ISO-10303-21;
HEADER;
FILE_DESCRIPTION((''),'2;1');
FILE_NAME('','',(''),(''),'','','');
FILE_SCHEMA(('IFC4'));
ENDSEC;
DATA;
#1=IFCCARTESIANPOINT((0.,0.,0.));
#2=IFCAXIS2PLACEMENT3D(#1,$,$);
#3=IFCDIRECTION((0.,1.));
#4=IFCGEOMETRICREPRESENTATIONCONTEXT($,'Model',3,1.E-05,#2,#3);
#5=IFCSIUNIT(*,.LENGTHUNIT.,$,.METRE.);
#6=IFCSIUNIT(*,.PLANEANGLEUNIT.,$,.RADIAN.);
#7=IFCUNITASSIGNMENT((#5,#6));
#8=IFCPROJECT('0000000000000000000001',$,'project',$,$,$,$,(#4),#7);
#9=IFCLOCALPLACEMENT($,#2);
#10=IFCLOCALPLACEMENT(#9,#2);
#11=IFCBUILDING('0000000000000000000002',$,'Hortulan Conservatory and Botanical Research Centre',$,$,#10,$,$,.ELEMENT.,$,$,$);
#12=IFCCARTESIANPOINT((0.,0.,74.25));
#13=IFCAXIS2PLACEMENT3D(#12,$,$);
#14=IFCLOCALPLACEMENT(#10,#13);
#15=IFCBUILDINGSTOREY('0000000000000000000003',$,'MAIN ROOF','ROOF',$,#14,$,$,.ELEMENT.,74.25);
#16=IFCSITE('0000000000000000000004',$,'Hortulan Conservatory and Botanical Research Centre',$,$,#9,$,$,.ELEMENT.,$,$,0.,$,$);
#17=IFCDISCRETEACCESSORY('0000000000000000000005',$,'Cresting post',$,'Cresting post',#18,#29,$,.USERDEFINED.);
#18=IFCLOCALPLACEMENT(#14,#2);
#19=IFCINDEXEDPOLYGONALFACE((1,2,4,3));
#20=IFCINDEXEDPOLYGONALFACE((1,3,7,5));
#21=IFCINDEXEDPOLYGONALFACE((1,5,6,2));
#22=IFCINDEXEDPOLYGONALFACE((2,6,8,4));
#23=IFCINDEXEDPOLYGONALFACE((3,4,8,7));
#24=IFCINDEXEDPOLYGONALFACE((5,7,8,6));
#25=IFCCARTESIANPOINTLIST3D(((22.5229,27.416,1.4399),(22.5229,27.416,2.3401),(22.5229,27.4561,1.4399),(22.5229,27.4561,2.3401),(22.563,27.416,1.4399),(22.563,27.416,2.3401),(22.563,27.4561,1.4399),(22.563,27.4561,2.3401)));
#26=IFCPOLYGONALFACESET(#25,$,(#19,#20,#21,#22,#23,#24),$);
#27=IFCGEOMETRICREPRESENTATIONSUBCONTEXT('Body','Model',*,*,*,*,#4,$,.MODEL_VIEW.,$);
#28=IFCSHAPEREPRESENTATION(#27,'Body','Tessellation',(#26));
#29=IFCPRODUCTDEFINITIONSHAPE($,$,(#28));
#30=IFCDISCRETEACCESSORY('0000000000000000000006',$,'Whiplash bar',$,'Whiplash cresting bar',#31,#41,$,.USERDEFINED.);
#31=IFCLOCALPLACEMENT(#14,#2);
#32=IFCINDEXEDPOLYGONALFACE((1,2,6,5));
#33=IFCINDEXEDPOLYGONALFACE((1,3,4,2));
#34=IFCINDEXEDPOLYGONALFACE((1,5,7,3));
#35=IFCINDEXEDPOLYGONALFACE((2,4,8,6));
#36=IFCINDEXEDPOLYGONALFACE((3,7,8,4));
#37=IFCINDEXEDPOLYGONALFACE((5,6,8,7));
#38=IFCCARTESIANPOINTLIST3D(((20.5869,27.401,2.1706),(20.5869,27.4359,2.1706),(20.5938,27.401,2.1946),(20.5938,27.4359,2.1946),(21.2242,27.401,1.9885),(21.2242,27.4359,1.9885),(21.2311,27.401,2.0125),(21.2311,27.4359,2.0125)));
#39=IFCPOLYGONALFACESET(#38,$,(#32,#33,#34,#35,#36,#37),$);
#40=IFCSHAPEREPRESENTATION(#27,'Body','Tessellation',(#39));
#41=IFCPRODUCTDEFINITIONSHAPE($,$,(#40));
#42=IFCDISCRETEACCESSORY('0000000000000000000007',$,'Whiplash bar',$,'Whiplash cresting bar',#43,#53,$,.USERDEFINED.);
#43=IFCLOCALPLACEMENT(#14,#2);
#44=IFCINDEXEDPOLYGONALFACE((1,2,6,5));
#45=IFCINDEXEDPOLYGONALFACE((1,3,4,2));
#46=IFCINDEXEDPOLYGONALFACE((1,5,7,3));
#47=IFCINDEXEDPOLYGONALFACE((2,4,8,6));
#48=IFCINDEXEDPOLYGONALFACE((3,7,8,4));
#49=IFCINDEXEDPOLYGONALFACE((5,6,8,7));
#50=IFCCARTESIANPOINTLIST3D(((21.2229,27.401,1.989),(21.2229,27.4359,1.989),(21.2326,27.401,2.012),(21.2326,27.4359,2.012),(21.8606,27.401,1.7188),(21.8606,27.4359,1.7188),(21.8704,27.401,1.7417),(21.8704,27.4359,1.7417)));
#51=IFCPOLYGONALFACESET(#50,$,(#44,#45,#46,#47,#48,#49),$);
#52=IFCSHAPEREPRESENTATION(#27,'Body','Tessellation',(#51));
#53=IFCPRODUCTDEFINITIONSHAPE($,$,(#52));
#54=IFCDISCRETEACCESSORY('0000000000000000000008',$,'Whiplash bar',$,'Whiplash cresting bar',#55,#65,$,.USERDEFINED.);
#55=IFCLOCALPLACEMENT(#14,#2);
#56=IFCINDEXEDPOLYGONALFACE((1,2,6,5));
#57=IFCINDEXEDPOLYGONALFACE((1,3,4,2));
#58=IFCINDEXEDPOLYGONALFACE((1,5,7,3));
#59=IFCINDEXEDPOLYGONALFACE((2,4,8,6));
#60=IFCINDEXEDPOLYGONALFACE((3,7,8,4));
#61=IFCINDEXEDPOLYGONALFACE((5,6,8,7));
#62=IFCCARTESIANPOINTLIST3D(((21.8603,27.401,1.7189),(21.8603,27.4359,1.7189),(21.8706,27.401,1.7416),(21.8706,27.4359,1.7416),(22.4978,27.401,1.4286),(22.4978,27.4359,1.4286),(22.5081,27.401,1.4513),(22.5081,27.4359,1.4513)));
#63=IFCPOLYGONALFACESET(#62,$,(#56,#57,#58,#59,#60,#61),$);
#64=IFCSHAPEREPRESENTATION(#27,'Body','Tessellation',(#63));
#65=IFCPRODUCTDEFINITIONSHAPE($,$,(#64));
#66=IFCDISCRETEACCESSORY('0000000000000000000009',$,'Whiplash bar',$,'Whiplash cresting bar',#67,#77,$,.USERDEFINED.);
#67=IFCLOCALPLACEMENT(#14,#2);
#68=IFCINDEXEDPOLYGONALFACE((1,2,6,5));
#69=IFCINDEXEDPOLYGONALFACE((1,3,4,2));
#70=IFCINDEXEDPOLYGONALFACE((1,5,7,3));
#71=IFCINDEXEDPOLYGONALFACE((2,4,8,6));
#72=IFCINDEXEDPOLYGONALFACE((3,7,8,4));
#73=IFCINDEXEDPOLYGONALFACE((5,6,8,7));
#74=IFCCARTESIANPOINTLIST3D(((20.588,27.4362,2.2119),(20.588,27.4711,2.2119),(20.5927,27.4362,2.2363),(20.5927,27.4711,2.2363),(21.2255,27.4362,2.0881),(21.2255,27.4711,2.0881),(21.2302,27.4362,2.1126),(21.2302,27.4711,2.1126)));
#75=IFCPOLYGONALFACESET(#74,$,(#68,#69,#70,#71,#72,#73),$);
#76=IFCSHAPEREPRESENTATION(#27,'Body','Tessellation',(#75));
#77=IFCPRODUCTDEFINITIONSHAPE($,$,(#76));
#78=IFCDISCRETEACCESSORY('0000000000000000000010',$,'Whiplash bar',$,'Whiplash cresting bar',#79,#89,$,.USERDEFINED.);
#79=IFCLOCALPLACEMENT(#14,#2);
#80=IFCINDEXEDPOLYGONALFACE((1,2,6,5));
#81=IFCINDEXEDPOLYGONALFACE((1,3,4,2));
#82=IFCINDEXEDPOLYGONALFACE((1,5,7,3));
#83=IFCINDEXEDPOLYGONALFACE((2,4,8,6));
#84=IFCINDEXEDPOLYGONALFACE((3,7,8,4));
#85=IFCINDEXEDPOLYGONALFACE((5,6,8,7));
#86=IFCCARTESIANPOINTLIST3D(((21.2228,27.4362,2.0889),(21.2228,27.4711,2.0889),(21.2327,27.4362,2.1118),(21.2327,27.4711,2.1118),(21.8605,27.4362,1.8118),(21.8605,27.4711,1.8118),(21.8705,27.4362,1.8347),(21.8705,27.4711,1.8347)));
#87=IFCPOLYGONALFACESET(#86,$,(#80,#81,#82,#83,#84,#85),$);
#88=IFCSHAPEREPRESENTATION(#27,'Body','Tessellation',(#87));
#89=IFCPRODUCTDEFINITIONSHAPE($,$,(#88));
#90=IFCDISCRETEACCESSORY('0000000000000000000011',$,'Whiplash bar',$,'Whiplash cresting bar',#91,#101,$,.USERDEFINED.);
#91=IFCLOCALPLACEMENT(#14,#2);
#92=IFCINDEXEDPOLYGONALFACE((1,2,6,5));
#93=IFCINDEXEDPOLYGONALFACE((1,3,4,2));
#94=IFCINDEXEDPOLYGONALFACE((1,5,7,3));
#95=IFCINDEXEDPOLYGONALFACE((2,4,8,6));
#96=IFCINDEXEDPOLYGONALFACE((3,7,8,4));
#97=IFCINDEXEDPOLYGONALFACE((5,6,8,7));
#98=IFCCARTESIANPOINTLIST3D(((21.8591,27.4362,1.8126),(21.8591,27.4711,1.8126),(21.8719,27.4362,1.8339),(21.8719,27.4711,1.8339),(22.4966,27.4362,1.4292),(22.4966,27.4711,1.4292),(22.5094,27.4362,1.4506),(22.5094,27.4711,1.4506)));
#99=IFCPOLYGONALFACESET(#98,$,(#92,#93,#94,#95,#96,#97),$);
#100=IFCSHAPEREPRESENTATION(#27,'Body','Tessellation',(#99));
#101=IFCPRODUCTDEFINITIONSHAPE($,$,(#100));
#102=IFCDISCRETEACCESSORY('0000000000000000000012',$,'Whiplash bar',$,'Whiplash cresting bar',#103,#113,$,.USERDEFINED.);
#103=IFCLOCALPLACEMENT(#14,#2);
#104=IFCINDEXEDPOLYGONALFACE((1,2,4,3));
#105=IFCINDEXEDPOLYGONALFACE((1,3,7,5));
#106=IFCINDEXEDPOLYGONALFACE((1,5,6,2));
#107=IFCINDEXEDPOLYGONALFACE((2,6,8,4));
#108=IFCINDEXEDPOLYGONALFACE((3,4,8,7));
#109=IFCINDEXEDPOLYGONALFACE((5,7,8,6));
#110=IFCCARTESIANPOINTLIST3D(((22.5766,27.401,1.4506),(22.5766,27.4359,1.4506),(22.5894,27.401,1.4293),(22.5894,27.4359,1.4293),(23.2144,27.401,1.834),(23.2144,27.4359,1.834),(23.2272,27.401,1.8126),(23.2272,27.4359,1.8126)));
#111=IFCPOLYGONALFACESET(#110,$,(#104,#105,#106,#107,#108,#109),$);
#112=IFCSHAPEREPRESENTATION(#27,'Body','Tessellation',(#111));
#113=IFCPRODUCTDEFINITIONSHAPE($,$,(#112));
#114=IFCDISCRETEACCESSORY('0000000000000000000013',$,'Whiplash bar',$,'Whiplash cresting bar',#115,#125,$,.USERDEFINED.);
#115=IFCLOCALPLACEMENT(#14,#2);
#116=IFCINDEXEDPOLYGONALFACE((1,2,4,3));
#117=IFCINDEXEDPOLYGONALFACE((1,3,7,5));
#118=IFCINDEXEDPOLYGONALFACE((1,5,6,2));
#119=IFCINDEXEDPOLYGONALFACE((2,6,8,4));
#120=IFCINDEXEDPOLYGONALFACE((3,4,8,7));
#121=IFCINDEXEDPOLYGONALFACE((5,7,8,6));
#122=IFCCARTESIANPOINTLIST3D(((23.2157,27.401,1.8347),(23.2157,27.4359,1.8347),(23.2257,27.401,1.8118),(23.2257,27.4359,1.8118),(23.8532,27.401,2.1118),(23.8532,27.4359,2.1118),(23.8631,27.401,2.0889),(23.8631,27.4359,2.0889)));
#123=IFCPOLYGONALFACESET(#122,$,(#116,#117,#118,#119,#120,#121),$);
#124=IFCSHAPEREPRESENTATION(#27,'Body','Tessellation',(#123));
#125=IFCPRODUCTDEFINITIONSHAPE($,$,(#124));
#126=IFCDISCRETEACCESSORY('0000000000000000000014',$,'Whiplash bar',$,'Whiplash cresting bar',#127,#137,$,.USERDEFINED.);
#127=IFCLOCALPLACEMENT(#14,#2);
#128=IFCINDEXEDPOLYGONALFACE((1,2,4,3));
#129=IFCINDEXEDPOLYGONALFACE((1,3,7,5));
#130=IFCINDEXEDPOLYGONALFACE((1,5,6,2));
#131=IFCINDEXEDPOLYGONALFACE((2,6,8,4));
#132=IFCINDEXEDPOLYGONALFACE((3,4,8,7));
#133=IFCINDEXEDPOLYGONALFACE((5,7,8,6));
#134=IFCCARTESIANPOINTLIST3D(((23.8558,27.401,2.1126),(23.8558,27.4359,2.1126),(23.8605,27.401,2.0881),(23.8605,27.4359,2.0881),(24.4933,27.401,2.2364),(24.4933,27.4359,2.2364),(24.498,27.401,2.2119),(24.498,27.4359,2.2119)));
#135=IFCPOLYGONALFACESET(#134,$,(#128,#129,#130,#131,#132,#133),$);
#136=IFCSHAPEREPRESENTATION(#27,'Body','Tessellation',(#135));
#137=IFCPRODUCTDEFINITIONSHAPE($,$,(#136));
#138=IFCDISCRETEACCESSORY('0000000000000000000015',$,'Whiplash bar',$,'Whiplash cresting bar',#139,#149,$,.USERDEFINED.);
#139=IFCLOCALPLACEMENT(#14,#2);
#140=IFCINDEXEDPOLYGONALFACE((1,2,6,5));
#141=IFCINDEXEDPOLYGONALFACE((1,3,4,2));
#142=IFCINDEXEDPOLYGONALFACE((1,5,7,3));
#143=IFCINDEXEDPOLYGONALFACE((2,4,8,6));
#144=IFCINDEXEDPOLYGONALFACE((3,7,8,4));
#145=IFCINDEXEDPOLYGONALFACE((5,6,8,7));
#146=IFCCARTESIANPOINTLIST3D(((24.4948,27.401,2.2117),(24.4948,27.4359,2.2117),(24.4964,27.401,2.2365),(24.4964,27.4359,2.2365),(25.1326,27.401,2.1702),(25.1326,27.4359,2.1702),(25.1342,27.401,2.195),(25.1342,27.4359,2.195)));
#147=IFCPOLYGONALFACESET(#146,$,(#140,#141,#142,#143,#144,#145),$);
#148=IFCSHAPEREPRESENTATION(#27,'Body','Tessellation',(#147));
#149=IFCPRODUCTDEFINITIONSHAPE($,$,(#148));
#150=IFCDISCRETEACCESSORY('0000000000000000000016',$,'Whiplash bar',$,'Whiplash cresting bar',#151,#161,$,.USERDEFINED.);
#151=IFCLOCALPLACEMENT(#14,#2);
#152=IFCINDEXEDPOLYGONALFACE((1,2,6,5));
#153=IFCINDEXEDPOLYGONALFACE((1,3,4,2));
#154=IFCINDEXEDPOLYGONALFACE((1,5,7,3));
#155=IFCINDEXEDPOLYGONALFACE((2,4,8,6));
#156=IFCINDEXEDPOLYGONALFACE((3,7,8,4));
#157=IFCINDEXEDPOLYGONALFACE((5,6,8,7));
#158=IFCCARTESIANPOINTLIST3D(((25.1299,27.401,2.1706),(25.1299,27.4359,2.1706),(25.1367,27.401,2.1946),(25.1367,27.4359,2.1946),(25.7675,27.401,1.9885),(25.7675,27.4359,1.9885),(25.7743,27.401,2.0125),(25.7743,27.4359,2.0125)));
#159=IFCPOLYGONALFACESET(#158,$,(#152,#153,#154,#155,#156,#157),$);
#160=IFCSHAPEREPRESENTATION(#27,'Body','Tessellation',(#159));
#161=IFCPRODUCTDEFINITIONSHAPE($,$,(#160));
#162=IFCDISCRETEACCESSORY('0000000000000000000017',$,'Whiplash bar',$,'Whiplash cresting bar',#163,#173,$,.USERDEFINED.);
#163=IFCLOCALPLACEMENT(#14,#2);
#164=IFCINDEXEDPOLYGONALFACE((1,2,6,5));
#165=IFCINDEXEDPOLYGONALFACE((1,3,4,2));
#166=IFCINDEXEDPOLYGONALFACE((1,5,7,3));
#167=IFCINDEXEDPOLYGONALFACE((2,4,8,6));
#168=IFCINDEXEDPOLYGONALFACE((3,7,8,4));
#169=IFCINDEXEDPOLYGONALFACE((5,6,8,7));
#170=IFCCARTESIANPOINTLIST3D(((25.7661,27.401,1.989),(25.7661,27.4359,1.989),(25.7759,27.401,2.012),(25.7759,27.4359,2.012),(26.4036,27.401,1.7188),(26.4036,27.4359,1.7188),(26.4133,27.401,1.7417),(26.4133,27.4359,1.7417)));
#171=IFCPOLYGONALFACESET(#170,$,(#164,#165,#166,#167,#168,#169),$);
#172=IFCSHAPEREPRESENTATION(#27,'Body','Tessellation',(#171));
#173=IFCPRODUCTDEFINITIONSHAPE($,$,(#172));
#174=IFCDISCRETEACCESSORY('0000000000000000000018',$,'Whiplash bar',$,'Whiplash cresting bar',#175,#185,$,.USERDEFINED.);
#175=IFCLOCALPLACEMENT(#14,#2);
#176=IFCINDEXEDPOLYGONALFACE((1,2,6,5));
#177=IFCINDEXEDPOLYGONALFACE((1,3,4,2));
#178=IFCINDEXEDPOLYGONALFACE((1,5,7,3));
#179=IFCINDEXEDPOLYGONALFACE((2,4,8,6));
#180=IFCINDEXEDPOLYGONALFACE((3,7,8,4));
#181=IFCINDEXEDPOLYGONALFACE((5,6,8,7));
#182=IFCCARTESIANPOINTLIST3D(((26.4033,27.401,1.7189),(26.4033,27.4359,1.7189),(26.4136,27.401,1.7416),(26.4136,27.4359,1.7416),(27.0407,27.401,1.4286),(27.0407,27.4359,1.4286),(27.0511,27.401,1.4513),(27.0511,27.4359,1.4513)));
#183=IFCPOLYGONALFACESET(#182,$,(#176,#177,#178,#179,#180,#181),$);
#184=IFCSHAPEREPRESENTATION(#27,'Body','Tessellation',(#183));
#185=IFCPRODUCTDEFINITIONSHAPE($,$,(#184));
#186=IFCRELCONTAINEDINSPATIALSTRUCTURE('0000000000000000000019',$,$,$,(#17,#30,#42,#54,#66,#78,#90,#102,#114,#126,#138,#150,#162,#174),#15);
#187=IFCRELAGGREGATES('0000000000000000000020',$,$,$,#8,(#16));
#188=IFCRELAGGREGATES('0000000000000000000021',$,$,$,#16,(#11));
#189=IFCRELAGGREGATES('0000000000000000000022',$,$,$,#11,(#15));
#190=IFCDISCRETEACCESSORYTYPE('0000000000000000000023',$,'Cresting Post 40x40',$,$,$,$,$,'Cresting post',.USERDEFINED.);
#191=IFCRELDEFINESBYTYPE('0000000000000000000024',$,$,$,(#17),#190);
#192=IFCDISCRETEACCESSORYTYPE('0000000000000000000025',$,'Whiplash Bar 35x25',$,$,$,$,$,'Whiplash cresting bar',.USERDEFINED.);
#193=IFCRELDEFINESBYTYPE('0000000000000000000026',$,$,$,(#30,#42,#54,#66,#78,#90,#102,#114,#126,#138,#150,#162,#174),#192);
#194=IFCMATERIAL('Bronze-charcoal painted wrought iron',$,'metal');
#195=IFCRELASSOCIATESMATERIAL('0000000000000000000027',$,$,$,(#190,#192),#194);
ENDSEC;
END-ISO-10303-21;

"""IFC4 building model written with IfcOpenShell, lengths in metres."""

from ifc_helpers import new_model, si_unit, direction, frame, origin, origin_2d, place, context, subcontext, project, spatial, rectangle, extrude, material, material_profile, profile_set, type_object, element, save


model = new_model("IFC4")

# Units and contexts
model_context = context("Model", 3, precision=1e-05, world=origin(), true_north=direction((0.0, 1.0)))
body_context = subcontext(model_context, "Body", "Model", "MODEL_VIEW")
ifc_project = project(units=[si_unit("LENGTHUNIT", "METRE"), si_unit("PLANEANGLEUNIT", "RADIAN")], contexts=[model_context])

# Site, building, storey
site_placement = place(None, origin())
site = spatial("IfcSite", under=ifc_project, at=site_placement, Name="Hortulan Conservatory and Botanical Research Centre", CompositionType="ELEMENT", RefElevation=0.0)
building_placement = place(site_placement, origin())
building = spatial("IfcBuilding", under=site, at=building_placement, Name="Hortulan Conservatory and Botanical Research Centre", CompositionType="ELEMENT")
storey_placement = place(building_placement, frame((0.0, 0.0, 74.25)))
storey = spatial("IfcBuildingStorey", under=building, at=storey_placement, Name="MAIN ROOF", Description="ROOF", CompositionType="ELEMENT", Elevation=74.25)

# Discrete accessories
ifc_material = material(Name="Bronze-charcoal painted wrought iron", Category="metal")
ifc_material_profile_1 = material_profile(ifc_material, rectangle(XDim=0.04, YDim=0.04, at=origin_2d()), Name="Square bar 40x40")
ifc_profile_set_1 = profile_set([ifc_material_profile_1], Name="Bronze-charcoal painted wrought iron")
discrete_accessory_type_1 = type_object("IfcDiscreteAccessoryType", Name="Cresting Post 40x40", ElementType="Cresting post", PredefinedType="USERDEFINED", material=ifc_profile_set_1)
discrete_accessory_1_placement = place(storey_placement, frame((22.543, 27.436, 1.4399), z_axis=(0.0, 0.0, 1.0), x_axis=(1.0, 0.0, 0.0)))
element("IfcDiscreteAccessory", 1, at=discrete_accessory_1_placement, inside=storey, type_object=discrete_accessory_type_1, Name="Cresting post", ObjectType="Cresting post", PredefinedType="USERDEFINED", context=body_context, shape_type="SweptSolid", body=[
    extrude(rectangle(XDim=0.04, YDim=0.04, at=origin_2d()), origin(), (0.0, 0.0, 1.0), 0.9001),
])
ifc_material_profile_2 = material_profile(ifc_material, rectangle(XDim=0.0349, YDim=0.0249, at=origin_2d()), Name="Flat bar 35x25")
ifc_profile_set_2 = profile_set([ifc_material_profile_2], Name="Bronze-charcoal painted wrought iron")
discrete_accessory_type_2 = type_object("IfcDiscreteAccessoryType", Name="Whiplash Bar 35x25", ElementType="Whiplash cresting bar", PredefinedType="USERDEFINED", material=ifc_profile_set_2)
discrete_accessory_2_placement = place(storey_placement, frame((20.5903, 27.4185, 2.1826), z_axis=(0.961524, 0.0, -0.274721), x_axis=(0.0, 1.0, 0.0)))
element("IfcDiscreteAccessory", 2, at=discrete_accessory_2_placement, inside=storey, type_object=discrete_accessory_type_2, Name="Whiplash bar", ObjectType="Whiplash cresting bar", PredefinedType="USERDEFINED", context=body_context, shape_type="SweptSolid", body=[
    extrude(rectangle(XDim=0.0349, YDim=0.0249, at=origin_2d()), origin(), (0.0, 0.0, 1.0), 0.6628),
])
discrete_accessory_3_placement = place(storey_placement, frame((21.2278, 27.4185, 2.0005), z_axis=(0.920724, 0.0, -0.390215), x_axis=(0.0, 1.0, 0.0)))
element("IfcDiscreteAccessory", 3, at=discrete_accessory_3_placement, inside=storey, type_object=discrete_accessory_type_2, Name="Whiplash bar", ObjectType="Whiplash cresting bar", PredefinedType="USERDEFINED", context=body_context, shape_type="SweptSolid", body=[
    extrude(rectangle(XDim=0.0349, YDim=0.0249, at=origin_2d()), origin(), (0.0, 0.0, 1.0), 0.6926),
])
discrete_accessory_4_placement = place(storey_placement, frame((21.8655, 27.4185, 1.7302), z_axis=(0.91008, 0.0, -0.414433), x_axis=(0.0, 1.0, 0.0)))
element("IfcDiscreteAccessory", 4, at=discrete_accessory_4_placement, inside=storey, type_object=discrete_accessory_type_2, Name="Whiplash bar", ObjectType="Whiplash cresting bar", PredefinedType="USERDEFINED", context=body_context, shape_type="SweptSolid", body=[
    extrude(rectangle(XDim=0.0349, YDim=0.0249, at=origin_2d()), origin(), (0.0, 0.0, 1.0), 0.7004),
])
discrete_accessory_5_placement = place(storey_placement, frame((20.5903, 27.4536, 2.2241), z_axis=(0.981664, 0.0, -0.190618), x_axis=(0.0, 1.0, 0.0)))
element("IfcDiscreteAccessory", 5, at=discrete_accessory_5_placement, inside=storey, type_object=discrete_accessory_type_2, Name="Whiplash bar", ObjectType="Whiplash cresting bar", PredefinedType="USERDEFINED", context=body_context, shape_type="SweptSolid", body=[
    extrude(rectangle(XDim=0.0349, YDim=0.0249, at=origin_2d()), origin(), (0.0, 0.0, 1.0), 0.6494),
])
discrete_accessory_6_placement = place(storey_placement, frame((21.2278, 27.4536, 2.1003), z_axis=(0.917154, 0.0, -0.398534), x_axis=(0.0, 1.0, 0.0)))
element("IfcDiscreteAccessory", 6, at=discrete_accessory_6_placement, inside=storey, type_object=discrete_accessory_type_2, Name="Whiplash bar", ObjectType="Whiplash cresting bar", PredefinedType="USERDEFINED", context=body_context, shape_type="SweptSolid", body=[
    extrude(rectangle(XDim=0.0349, YDim=0.0249, at=origin_2d()), origin(), (0.0, 0.0, 1.0), 0.6953),
])
discrete_accessory_7_placement = place(storey_placement, frame((21.8655, 27.4536, 1.8232), z_axis=(0.857, 0.0, -0.515316), x_axis=(0.0, 1.0, 0.0)))
element("IfcDiscreteAccessory", 7, at=discrete_accessory_7_placement, inside=storey, type_object=discrete_accessory_type_2, Name="Whiplash bar", ObjectType="Whiplash cresting bar", PredefinedType="USERDEFINED", context=body_context, shape_type="SweptSolid", body=[
    extrude(rectangle(XDim=0.0349, YDim=0.0249, at=origin_2d()), origin(), (0.0, 0.0, 1.0), 0.7439),
])
discrete_accessory_8_placement = place(storey_placement, frame((22.583, 27.4185, 1.4399), z_axis=(0.857087, 0.0, 0.515171), x_axis=(0.0, 1.0, 0.0)))
element("IfcDiscreteAccessory", 8, at=discrete_accessory_8_placement, inside=storey, type_object=discrete_accessory_type_2, Name="Whiplash bar", ObjectType="Whiplash cresting bar", PredefinedType="USERDEFINED", context=body_context, shape_type="SweptSolid", body=[
    extrude(rectangle(XDim=0.0349, YDim=0.0249, at=origin_2d()), origin(), (0.0, 0.0, 1.0), 0.7441),
])
discrete_accessory_9_placement = place(storey_placement, frame((23.2207, 27.4185, 1.8232), z_axis=(0.917098, 0.0, 0.398662), x_axis=(0.0, 1.0, 0.0)))
element("IfcDiscreteAccessory", 9, at=discrete_accessory_9_placement, inside=storey, type_object=discrete_accessory_type_2, Name="Whiplash bar", ObjectType="Whiplash cresting bar", PredefinedType="USERDEFINED", context=body_context, shape_type="SweptSolid", body=[
    extrude(rectangle(XDim=0.0349, YDim=0.0249, at=origin_2d()), origin(), (0.0, 0.0, 1.0), 0.6951),
])
discrete_accessory_10_placement = place(storey_placement, frame((23.8582, 27.4185, 2.1003), z_axis=(0.981664, 0.0, 0.190618), x_axis=(0.0, 1.0, 0.0)))
element("IfcDiscreteAccessory", 10, at=discrete_accessory_10_placement, inside=storey, type_object=discrete_accessory_type_2, Name="Whiplash bar", ObjectType="Whiplash cresting bar", PredefinedType="USERDEFINED", context=body_context, shape_type="SweptSolid", body=[
    extrude(rectangle(XDim=0.0349, YDim=0.0249, at=origin_2d()), origin(), (0.0, 0.0, 1.0), 0.6494),
])
discrete_accessory_11_placement = place(storey_placement, frame((24.4956, 27.4185, 2.2241), z_axis=(0.997889, 0.0, -0.064947), x_axis=(0.0, 1.0, 0.0)))
element("IfcDiscreteAccessory", 11, at=discrete_accessory_11_placement, inside=storey, type_object=discrete_accessory_type_2, Name="Whiplash bar", ObjectType="Whiplash cresting bar", PredefinedType="USERDEFINED", context=body_context, shape_type="SweptSolid", body=[
    extrude(rectangle(XDim=0.0349, YDim=0.0249, at=origin_2d()), origin(), (0.0, 0.0, 1.0), 0.6392),
])
discrete_accessory_12_placement = place(storey_placement, frame((25.1333, 27.4185, 2.1826), z_axis=(0.961552, 0.0, -0.274624), x_axis=(0.0, 1.0, 0.0)))
element("IfcDiscreteAccessory", 12, at=discrete_accessory_12_placement, inside=storey, type_object=discrete_accessory_type_2, Name="Whiplash bar", ObjectType="Whiplash cresting bar", PredefinedType="USERDEFINED", context=body_context, shape_type="SweptSolid", body=[
    extrude(rectangle(XDim=0.0349, YDim=0.0249, at=origin_2d()), origin(), (0.0, 0.0, 1.0), 0.6631),
])
discrete_accessory_13_placement = place(storey_placement, frame((25.771, 27.4185, 2.0005), z_axis=(0.92067, 0.0, -0.390342), x_axis=(0.0, 1.0, 0.0)))
element("IfcDiscreteAccessory", 13, at=discrete_accessory_13_placement, inside=storey, type_object=discrete_accessory_type_2, Name="Whiplash bar", ObjectType="Whiplash cresting bar", PredefinedType="USERDEFINED", context=body_context, shape_type="SweptSolid", body=[
    extrude(rectangle(XDim=0.0349, YDim=0.0249, at=origin_2d()), origin(), (0.0, 0.0, 1.0), 0.6924),
])
discrete_accessory_14_placement = place(storey_placement, frame((26.4084, 27.4185, 1.7302), z_axis=(0.91008, 0.0, -0.414433), x_axis=(0.0, 1.0, 0.0)))
element("IfcDiscreteAccessory", 14, at=discrete_accessory_14_placement, inside=storey, type_object=discrete_accessory_type_2, Name="Whiplash bar", ObjectType="Whiplash cresting bar", PredefinedType="USERDEFINED", context=body_context, shape_type="SweptSolid", body=[
    extrude(rectangle(XDim=0.0349, YDim=0.0249, at=origin_2d()), origin(), (0.0, 0.0, 1.0), 0.7004),
])

save(model, "model.ifc")
